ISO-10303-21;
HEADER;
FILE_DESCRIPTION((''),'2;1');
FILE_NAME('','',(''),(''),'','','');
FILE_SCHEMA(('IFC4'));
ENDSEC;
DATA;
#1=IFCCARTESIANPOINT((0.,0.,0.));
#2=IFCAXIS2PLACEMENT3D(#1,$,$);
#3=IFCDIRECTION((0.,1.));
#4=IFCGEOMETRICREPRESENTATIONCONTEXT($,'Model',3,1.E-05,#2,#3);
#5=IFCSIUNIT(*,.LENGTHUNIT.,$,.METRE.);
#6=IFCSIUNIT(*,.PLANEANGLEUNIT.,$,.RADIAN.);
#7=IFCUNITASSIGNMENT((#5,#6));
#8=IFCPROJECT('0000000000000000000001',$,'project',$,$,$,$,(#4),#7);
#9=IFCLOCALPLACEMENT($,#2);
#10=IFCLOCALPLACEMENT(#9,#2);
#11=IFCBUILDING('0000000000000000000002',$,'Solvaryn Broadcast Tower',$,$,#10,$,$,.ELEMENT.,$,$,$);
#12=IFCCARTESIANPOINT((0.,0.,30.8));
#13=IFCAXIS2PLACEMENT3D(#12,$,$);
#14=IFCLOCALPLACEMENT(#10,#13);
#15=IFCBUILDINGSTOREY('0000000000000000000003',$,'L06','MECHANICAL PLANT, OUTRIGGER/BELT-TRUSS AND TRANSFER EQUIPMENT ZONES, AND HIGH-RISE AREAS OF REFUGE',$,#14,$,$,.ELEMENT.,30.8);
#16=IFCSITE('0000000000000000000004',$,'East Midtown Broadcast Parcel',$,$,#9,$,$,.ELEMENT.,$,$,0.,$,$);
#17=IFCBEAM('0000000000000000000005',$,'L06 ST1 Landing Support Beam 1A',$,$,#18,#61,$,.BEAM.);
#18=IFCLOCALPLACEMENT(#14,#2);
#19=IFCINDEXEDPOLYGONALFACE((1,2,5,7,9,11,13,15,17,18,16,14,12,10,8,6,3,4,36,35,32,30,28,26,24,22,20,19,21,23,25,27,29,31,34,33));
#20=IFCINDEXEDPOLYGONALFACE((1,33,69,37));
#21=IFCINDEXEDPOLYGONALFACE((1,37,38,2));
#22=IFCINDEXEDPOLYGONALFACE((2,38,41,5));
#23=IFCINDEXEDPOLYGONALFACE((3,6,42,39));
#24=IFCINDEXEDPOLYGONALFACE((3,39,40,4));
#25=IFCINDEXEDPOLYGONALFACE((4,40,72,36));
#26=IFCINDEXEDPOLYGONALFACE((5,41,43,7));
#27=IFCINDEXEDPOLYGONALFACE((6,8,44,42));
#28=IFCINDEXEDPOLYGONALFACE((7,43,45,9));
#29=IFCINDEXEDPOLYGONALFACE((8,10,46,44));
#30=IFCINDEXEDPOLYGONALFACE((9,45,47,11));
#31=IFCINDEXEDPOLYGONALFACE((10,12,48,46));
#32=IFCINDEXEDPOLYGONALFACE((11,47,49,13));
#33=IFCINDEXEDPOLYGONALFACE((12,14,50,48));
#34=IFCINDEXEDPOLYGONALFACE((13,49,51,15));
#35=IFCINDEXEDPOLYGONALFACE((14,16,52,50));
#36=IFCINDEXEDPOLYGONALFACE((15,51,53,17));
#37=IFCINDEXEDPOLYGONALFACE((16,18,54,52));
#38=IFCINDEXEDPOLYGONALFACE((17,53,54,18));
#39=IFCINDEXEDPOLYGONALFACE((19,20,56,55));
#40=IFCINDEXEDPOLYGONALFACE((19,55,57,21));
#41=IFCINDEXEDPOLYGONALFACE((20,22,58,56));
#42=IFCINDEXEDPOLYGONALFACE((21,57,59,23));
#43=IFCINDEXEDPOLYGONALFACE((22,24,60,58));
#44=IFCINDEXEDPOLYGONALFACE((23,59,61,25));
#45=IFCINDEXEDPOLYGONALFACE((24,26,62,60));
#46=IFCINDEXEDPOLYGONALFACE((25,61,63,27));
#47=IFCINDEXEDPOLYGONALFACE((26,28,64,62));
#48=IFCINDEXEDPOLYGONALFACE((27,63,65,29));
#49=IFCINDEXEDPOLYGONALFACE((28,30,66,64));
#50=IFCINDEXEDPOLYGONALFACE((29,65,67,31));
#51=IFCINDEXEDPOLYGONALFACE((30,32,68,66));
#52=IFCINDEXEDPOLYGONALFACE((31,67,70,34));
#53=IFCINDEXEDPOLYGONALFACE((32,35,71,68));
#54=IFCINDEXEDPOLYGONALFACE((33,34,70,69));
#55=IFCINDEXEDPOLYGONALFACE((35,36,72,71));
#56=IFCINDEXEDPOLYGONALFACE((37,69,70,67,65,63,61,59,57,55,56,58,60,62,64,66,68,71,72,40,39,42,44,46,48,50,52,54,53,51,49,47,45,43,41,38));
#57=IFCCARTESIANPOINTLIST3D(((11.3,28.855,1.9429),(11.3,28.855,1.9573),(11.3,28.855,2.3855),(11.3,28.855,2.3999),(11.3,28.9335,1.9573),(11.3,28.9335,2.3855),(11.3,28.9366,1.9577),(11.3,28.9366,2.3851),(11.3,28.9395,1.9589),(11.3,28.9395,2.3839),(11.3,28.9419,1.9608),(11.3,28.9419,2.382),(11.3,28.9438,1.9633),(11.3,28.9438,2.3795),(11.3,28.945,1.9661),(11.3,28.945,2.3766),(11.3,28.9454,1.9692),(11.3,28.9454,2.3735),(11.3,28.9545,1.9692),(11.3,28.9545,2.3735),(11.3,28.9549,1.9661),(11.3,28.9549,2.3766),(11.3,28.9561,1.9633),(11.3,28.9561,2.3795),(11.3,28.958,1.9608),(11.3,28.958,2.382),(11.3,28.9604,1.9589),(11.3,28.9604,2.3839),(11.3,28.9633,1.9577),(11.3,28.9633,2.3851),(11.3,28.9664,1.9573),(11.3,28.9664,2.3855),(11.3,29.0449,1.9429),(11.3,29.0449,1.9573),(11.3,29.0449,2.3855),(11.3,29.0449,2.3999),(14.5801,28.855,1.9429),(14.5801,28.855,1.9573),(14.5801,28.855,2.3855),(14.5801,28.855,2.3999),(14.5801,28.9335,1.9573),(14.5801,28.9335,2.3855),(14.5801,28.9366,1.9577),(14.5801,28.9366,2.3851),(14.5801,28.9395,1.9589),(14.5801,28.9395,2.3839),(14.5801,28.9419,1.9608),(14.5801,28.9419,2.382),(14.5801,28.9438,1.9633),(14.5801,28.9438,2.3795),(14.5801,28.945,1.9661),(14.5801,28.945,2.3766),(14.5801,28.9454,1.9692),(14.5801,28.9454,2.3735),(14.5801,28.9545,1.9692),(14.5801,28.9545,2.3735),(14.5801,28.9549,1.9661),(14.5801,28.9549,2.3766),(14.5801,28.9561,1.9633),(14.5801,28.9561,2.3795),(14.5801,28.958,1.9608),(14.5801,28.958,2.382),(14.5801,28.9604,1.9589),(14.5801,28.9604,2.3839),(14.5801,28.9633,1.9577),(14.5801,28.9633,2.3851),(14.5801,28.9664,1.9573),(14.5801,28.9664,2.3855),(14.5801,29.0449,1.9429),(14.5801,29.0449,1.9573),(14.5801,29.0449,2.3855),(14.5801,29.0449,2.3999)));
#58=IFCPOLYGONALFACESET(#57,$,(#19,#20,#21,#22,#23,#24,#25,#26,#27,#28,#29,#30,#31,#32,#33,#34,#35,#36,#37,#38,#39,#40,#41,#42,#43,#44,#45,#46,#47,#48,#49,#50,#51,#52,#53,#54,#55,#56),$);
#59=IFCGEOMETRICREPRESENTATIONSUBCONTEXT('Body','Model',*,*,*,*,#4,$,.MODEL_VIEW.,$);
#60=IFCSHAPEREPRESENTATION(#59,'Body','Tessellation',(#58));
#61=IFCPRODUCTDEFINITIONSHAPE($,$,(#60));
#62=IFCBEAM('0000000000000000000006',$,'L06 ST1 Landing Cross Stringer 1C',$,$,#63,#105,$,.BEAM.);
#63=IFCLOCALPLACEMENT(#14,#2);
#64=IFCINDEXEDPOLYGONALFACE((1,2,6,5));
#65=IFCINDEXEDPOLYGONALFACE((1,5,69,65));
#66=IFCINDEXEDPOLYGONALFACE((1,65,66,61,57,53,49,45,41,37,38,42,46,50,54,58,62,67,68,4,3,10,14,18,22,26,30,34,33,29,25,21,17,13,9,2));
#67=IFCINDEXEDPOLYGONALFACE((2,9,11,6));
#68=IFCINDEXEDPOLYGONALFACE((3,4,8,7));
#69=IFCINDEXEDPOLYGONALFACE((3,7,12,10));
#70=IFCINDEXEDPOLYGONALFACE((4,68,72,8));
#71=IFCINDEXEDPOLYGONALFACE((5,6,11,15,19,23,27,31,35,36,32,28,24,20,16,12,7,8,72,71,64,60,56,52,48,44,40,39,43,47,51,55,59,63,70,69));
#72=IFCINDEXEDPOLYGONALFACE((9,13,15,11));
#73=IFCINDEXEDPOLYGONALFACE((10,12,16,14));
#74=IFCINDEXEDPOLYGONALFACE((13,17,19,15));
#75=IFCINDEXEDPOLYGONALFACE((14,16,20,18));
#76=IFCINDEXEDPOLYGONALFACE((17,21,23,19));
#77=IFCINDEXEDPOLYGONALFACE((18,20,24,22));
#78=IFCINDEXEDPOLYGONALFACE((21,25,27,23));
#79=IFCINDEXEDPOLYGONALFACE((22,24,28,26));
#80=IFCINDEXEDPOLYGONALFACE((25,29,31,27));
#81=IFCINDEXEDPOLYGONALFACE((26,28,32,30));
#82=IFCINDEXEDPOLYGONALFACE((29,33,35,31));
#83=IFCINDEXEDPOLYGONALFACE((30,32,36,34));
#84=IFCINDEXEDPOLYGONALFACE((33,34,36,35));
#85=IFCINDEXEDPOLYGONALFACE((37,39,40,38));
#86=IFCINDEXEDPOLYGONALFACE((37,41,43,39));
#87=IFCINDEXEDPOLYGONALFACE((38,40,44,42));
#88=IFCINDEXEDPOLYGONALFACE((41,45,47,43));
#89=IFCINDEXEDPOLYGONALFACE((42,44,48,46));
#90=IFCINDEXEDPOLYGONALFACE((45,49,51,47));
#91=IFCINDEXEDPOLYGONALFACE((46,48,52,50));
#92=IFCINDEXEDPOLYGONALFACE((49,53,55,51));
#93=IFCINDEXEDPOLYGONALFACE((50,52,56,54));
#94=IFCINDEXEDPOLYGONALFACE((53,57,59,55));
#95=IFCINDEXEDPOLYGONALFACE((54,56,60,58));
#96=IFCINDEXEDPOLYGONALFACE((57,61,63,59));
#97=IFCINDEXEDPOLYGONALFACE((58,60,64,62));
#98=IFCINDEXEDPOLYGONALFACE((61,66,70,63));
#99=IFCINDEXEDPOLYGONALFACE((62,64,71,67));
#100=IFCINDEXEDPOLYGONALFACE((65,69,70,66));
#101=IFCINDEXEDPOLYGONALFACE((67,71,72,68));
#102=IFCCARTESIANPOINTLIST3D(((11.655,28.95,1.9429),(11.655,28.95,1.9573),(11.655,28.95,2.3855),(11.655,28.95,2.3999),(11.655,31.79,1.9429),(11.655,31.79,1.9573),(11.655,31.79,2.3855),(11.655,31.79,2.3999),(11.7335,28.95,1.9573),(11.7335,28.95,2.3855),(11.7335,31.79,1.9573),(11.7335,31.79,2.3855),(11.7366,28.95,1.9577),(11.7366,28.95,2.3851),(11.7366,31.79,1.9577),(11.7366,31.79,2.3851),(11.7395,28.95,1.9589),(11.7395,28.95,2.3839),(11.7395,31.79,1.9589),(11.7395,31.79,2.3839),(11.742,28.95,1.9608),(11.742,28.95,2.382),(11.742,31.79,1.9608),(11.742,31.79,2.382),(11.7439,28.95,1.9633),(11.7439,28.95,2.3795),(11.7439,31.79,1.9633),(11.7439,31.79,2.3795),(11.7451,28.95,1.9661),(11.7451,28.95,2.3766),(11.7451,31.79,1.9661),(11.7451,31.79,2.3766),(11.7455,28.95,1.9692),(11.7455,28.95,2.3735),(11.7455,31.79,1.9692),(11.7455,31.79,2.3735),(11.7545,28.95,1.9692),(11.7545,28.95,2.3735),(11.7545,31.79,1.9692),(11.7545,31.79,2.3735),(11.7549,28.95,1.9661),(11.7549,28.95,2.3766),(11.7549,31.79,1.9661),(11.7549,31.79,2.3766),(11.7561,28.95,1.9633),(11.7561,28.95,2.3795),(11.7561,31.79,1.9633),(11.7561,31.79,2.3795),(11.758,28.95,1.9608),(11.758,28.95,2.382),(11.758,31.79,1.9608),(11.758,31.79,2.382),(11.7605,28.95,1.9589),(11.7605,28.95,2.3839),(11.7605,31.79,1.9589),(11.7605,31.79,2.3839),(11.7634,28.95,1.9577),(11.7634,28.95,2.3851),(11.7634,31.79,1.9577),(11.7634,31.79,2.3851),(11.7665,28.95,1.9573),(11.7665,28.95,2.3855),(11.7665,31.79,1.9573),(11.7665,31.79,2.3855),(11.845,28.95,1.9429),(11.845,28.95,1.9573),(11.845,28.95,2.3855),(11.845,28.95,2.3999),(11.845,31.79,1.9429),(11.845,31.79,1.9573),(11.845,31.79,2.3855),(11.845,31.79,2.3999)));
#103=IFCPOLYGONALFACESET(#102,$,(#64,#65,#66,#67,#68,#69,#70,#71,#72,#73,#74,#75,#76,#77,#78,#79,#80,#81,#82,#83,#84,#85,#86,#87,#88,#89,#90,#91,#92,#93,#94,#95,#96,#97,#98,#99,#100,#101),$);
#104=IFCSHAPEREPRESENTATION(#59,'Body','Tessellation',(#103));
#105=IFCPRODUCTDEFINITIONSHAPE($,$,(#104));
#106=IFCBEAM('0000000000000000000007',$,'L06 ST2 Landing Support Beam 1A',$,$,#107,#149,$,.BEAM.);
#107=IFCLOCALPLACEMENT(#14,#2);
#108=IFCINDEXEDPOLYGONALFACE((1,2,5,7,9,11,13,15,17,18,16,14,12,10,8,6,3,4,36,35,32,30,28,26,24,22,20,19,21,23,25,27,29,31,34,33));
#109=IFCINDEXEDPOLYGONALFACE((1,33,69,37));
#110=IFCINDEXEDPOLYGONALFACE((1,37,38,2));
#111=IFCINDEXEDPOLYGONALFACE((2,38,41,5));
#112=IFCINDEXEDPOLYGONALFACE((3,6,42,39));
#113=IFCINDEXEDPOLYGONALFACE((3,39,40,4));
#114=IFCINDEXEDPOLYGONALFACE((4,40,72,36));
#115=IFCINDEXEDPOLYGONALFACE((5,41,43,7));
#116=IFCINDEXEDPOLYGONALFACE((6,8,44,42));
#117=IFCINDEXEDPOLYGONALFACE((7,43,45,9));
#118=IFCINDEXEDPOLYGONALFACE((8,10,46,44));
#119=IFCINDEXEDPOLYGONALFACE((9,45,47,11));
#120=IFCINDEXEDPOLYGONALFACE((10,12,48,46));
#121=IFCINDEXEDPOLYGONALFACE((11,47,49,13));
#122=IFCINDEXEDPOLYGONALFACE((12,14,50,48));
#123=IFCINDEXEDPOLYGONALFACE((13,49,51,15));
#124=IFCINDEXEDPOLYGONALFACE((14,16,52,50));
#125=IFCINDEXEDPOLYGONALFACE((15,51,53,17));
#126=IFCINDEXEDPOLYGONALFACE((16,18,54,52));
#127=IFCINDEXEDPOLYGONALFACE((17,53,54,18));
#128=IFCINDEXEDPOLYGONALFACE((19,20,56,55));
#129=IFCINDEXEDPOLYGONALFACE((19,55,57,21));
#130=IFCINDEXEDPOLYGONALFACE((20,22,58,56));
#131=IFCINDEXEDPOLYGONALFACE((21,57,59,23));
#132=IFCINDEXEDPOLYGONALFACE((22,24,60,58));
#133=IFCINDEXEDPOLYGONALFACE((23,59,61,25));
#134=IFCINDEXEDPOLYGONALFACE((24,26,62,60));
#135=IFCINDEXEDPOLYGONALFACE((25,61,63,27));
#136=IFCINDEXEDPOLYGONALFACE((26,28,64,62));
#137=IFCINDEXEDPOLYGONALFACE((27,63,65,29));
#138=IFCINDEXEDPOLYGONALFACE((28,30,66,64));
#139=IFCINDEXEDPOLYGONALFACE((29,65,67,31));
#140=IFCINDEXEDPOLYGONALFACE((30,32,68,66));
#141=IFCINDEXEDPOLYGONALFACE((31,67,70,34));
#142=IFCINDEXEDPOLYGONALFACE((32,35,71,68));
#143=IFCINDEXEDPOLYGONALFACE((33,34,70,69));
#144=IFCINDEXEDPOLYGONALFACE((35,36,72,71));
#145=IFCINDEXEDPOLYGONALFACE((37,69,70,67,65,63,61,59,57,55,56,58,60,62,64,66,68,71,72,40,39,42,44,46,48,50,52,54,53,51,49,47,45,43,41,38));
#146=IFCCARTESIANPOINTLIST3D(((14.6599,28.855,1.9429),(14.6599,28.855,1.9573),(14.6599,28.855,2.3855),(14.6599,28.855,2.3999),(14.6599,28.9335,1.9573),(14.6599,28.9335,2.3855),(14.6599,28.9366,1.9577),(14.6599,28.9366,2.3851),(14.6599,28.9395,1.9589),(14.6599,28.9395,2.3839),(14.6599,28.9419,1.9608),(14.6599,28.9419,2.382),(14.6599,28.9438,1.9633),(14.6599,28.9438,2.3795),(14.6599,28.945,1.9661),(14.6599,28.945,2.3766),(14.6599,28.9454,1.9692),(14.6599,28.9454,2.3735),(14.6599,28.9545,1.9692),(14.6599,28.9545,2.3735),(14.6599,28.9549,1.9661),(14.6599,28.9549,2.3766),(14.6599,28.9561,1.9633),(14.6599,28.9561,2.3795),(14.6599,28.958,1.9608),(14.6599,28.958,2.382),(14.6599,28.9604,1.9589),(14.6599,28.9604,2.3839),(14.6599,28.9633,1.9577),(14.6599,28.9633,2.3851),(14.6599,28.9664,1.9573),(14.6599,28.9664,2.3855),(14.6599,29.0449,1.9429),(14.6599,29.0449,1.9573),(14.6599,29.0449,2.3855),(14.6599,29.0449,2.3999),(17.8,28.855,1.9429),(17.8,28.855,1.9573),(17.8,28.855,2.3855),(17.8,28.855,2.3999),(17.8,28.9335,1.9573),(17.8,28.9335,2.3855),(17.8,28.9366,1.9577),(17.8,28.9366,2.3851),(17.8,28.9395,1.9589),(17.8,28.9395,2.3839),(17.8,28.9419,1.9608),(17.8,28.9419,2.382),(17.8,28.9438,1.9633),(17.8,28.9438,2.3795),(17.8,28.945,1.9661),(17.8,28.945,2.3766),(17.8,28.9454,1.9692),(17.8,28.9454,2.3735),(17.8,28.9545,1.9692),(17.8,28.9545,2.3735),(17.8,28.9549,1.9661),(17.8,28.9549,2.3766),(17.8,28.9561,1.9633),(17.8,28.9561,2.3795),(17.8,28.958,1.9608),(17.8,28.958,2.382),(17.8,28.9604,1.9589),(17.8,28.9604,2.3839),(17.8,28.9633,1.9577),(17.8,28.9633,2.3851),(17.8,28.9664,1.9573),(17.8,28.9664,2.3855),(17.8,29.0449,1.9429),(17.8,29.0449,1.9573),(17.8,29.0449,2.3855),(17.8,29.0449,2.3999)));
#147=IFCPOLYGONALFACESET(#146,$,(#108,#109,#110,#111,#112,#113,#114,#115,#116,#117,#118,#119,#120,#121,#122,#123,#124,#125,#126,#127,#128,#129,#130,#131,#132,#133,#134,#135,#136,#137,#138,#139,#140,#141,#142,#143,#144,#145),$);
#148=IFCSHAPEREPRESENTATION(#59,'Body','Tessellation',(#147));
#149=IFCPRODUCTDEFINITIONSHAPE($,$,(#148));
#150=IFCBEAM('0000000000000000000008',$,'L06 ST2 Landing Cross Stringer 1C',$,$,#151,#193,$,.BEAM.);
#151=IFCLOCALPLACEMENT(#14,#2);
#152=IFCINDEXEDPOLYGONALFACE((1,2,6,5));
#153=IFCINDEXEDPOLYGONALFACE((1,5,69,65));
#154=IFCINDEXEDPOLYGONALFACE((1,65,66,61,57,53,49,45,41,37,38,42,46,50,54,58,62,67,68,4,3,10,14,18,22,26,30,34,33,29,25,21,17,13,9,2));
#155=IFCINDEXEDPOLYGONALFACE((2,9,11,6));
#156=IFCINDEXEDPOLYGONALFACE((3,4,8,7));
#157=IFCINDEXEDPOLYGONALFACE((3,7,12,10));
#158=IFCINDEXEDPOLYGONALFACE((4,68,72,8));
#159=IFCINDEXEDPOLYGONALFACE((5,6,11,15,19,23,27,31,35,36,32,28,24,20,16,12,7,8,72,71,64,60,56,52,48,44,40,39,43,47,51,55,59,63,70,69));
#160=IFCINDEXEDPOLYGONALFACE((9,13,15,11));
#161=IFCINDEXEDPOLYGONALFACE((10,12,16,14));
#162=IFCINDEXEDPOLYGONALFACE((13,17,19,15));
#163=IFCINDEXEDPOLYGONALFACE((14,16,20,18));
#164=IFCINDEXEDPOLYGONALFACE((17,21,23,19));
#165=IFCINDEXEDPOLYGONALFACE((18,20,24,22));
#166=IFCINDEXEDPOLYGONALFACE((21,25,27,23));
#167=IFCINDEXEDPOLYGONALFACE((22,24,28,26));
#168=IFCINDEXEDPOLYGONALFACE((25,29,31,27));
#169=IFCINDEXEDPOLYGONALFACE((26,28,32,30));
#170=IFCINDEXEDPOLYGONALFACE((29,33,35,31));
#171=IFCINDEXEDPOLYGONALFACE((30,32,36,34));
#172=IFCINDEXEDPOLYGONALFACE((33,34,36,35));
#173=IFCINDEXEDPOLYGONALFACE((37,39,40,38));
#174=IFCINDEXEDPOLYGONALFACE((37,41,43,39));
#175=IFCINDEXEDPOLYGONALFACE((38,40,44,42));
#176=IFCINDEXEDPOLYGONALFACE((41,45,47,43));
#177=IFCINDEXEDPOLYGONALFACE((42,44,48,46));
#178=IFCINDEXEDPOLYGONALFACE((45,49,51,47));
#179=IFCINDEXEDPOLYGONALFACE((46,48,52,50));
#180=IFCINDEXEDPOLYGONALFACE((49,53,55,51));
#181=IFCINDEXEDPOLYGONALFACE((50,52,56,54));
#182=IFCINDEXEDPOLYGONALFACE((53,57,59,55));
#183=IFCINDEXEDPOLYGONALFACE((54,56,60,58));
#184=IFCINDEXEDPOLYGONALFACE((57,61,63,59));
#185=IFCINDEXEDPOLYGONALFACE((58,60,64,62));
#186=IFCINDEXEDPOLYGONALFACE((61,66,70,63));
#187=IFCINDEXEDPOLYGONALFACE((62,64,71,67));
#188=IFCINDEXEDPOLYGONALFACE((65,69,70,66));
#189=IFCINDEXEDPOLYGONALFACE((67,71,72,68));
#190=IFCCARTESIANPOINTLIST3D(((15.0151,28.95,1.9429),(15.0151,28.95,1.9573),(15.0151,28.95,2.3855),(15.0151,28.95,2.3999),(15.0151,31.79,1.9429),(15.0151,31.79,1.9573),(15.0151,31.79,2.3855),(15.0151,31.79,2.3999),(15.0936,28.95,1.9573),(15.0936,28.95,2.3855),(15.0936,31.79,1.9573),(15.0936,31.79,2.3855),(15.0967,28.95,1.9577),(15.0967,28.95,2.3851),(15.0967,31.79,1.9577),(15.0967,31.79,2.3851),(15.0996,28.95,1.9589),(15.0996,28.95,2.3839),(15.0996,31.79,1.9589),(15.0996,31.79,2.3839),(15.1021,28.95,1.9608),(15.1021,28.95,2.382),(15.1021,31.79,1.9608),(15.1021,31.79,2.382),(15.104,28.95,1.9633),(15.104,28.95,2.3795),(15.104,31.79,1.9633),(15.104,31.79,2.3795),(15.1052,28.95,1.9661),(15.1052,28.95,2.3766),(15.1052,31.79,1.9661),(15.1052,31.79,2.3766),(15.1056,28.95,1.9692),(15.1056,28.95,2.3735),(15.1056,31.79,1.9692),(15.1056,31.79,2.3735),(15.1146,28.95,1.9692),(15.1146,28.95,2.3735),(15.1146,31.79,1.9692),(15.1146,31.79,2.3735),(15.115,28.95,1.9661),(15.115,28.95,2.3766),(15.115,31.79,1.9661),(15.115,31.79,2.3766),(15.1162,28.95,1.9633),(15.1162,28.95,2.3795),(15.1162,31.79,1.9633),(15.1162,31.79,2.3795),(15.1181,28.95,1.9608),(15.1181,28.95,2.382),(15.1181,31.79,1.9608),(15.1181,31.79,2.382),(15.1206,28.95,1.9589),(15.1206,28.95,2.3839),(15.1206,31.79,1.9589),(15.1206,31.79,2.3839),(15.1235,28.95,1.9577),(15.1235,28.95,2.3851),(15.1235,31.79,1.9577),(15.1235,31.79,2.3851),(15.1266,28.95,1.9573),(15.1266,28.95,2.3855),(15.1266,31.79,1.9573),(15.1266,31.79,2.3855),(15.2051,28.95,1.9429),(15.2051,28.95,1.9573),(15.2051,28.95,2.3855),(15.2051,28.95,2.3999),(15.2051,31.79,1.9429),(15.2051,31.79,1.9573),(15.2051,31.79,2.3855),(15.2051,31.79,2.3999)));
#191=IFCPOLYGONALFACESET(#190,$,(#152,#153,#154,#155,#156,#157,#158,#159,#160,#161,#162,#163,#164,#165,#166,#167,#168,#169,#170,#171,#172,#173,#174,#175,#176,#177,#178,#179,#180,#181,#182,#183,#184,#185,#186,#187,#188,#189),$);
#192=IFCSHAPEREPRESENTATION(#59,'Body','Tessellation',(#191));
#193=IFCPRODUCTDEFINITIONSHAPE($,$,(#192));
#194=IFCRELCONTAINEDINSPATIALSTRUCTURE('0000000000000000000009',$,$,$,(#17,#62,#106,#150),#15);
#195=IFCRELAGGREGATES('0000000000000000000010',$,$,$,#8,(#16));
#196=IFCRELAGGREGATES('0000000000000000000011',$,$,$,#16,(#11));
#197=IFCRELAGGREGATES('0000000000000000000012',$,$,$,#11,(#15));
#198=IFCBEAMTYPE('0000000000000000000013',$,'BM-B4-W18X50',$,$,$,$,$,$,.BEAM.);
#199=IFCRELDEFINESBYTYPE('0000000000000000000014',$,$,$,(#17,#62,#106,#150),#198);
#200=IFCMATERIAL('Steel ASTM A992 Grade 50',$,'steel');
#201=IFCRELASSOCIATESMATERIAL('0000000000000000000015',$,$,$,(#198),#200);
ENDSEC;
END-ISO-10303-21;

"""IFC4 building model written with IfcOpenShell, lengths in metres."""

from ifc_helpers import new_model, si_unit, direction, frame, origin, origin_2d, place, context, subcontext, project, spatial, i_section, extrude, material, material_profile, profile_set, type_object, element, save


model = new_model("IFC4")

# Units and contexts
model_context = context("Model", 3, precision=1e-05, world=origin(), true_north=direction((0.0, 1.0)))
body_context = subcontext(model_context, "Body", "Model", "MODEL_VIEW")
ifc_project = project(units=[si_unit("LENGTHUNIT", "METRE"), si_unit("PLANEANGLEUNIT", "RADIAN")], contexts=[model_context])

# Site, building, storey
site_placement = place(None, origin())
site = spatial("IfcSite", under=ifc_project, at=site_placement, Name="East Midtown Broadcast Parcel", CompositionType="ELEMENT", RefElevation=0.0)
building_placement = place(site_placement, origin())
building = spatial("IfcBuilding", under=site, at=building_placement, Name="Solvaryn Broadcast Tower", CompositionType="ELEMENT")
storey_placement = place(building_placement, frame((0.0, 0.0, 30.8)))
storey = spatial("IfcBuildingStorey", under=building, at=storey_placement, Name="L06", Description="MECHANICAL PLANT, OUTRIGGER/BELT-TRUSS AND TRANSFER EQUIPMENT ZONES, AND HIGH-RISE AREAS OF REFUGE", CompositionType="ELEMENT", Elevation=30.8)

# Beams
ifc_material_1 = material(Name="Steel ASTM A992 Grade 50", Category="steel")
ifc_material_profile_1 = material_profile(ifc_material_1, i_section(OverallWidth=0.1899, OverallDepth=0.457, WebThickness=0.009, FlangeThickness=0.0144, FilletRadius=0.012, at=origin_2d()))
ifc_profile_set_1 = profile_set([ifc_material_profile_1], Name="Steel ASTM A992 Grade 50")
beam_type_1 = type_object("IfcBeamType", Name="BM-B4-W18X50", PredefinedType="BEAM", material=ifc_profile_set_1)
beam_1_placement = place(storey_placement, frame((11.3, 28.95, 2.1714), z_axis=(1.0, 0.0, 0.0), x_axis=(0.0, 1.0, 0.0)))
element("IfcBeam", 1, at=beam_1_placement, inside=storey, type_object=beam_type_1, Name="L06 ST1 Landing Support Beam 1A", PredefinedType="BEAM", context=body_context, shape_type="SweptSolid", body=[
    extrude(i_section(OverallWidth=0.1899, OverallDepth=0.457, WebThickness=0.009, FlangeThickness=0.0144, FilletRadius=0.012, at=origin_2d()), origin(), (0.0, 0.0, 1.0), 3.28),
])
beam_2_placement = place(storey_placement, frame((11.75, 28.95, 2.1714), z_axis=(0.0, 1.0, 0.0), x_axis=(-1.0, 0.0, 0.0)))
element("IfcBeam", 2, at=beam_2_placement, inside=storey, type_object=beam_type_1, Name="L06 ST1 Landing Cross Stringer 1C", PredefinedType="BEAM", context=body_context, shape_type="SweptSolid", body=[
    extrude(i_section(OverallWidth=0.1899, OverallDepth=0.457, WebThickness=0.009, FlangeThickness=0.0144, FilletRadius=0.012, at=origin_2d()), origin(), (0.0, 0.0, 1.0), 2.8401),
])
beam_3_placement = place(storey_placement, frame((14.6599, 28.95, 2.1714), z_axis=(1.0, 0.0, 0.0), x_axis=(0.0, 1.0, 0.0)))
element("IfcBeam", 3, at=beam_3_placement, inside=storey, type_object=beam_type_1, Name="L06 ST2 Landing Support Beam 1A", PredefinedType="BEAM", context=body_context, shape_type="SweptSolid", body=[
    extrude(i_section(OverallWidth=0.1899, OverallDepth=0.457, WebThickness=0.009, FlangeThickness=0.0144, FilletRadius=0.012, at=origin_2d()), origin(), (0.0, 0.0, 1.0), 3.1401),
])
beam_4_placement = place(storey_placement, frame((15.1101, 28.95, 2.1714), z_axis=(0.0, 1.0, 0.0), x_axis=(-1.0, 0.0, 0.0)))
element("IfcBeam", 4, at=beam_4_placement, inside=storey, type_object=beam_type_1, Name="L06 ST2 Landing Cross Stringer 1C", PredefinedType="BEAM", context=body_context, shape_type="SweptSolid", body=[
    extrude(i_section(OverallWidth=0.1899, OverallDepth=0.457, WebThickness=0.009, FlangeThickness=0.0144, FilletRadius=0.012, at=origin_2d()), origin(), (0.0, 0.0, 1.0), 2.8401),
])

save(model, "model.ifc")
